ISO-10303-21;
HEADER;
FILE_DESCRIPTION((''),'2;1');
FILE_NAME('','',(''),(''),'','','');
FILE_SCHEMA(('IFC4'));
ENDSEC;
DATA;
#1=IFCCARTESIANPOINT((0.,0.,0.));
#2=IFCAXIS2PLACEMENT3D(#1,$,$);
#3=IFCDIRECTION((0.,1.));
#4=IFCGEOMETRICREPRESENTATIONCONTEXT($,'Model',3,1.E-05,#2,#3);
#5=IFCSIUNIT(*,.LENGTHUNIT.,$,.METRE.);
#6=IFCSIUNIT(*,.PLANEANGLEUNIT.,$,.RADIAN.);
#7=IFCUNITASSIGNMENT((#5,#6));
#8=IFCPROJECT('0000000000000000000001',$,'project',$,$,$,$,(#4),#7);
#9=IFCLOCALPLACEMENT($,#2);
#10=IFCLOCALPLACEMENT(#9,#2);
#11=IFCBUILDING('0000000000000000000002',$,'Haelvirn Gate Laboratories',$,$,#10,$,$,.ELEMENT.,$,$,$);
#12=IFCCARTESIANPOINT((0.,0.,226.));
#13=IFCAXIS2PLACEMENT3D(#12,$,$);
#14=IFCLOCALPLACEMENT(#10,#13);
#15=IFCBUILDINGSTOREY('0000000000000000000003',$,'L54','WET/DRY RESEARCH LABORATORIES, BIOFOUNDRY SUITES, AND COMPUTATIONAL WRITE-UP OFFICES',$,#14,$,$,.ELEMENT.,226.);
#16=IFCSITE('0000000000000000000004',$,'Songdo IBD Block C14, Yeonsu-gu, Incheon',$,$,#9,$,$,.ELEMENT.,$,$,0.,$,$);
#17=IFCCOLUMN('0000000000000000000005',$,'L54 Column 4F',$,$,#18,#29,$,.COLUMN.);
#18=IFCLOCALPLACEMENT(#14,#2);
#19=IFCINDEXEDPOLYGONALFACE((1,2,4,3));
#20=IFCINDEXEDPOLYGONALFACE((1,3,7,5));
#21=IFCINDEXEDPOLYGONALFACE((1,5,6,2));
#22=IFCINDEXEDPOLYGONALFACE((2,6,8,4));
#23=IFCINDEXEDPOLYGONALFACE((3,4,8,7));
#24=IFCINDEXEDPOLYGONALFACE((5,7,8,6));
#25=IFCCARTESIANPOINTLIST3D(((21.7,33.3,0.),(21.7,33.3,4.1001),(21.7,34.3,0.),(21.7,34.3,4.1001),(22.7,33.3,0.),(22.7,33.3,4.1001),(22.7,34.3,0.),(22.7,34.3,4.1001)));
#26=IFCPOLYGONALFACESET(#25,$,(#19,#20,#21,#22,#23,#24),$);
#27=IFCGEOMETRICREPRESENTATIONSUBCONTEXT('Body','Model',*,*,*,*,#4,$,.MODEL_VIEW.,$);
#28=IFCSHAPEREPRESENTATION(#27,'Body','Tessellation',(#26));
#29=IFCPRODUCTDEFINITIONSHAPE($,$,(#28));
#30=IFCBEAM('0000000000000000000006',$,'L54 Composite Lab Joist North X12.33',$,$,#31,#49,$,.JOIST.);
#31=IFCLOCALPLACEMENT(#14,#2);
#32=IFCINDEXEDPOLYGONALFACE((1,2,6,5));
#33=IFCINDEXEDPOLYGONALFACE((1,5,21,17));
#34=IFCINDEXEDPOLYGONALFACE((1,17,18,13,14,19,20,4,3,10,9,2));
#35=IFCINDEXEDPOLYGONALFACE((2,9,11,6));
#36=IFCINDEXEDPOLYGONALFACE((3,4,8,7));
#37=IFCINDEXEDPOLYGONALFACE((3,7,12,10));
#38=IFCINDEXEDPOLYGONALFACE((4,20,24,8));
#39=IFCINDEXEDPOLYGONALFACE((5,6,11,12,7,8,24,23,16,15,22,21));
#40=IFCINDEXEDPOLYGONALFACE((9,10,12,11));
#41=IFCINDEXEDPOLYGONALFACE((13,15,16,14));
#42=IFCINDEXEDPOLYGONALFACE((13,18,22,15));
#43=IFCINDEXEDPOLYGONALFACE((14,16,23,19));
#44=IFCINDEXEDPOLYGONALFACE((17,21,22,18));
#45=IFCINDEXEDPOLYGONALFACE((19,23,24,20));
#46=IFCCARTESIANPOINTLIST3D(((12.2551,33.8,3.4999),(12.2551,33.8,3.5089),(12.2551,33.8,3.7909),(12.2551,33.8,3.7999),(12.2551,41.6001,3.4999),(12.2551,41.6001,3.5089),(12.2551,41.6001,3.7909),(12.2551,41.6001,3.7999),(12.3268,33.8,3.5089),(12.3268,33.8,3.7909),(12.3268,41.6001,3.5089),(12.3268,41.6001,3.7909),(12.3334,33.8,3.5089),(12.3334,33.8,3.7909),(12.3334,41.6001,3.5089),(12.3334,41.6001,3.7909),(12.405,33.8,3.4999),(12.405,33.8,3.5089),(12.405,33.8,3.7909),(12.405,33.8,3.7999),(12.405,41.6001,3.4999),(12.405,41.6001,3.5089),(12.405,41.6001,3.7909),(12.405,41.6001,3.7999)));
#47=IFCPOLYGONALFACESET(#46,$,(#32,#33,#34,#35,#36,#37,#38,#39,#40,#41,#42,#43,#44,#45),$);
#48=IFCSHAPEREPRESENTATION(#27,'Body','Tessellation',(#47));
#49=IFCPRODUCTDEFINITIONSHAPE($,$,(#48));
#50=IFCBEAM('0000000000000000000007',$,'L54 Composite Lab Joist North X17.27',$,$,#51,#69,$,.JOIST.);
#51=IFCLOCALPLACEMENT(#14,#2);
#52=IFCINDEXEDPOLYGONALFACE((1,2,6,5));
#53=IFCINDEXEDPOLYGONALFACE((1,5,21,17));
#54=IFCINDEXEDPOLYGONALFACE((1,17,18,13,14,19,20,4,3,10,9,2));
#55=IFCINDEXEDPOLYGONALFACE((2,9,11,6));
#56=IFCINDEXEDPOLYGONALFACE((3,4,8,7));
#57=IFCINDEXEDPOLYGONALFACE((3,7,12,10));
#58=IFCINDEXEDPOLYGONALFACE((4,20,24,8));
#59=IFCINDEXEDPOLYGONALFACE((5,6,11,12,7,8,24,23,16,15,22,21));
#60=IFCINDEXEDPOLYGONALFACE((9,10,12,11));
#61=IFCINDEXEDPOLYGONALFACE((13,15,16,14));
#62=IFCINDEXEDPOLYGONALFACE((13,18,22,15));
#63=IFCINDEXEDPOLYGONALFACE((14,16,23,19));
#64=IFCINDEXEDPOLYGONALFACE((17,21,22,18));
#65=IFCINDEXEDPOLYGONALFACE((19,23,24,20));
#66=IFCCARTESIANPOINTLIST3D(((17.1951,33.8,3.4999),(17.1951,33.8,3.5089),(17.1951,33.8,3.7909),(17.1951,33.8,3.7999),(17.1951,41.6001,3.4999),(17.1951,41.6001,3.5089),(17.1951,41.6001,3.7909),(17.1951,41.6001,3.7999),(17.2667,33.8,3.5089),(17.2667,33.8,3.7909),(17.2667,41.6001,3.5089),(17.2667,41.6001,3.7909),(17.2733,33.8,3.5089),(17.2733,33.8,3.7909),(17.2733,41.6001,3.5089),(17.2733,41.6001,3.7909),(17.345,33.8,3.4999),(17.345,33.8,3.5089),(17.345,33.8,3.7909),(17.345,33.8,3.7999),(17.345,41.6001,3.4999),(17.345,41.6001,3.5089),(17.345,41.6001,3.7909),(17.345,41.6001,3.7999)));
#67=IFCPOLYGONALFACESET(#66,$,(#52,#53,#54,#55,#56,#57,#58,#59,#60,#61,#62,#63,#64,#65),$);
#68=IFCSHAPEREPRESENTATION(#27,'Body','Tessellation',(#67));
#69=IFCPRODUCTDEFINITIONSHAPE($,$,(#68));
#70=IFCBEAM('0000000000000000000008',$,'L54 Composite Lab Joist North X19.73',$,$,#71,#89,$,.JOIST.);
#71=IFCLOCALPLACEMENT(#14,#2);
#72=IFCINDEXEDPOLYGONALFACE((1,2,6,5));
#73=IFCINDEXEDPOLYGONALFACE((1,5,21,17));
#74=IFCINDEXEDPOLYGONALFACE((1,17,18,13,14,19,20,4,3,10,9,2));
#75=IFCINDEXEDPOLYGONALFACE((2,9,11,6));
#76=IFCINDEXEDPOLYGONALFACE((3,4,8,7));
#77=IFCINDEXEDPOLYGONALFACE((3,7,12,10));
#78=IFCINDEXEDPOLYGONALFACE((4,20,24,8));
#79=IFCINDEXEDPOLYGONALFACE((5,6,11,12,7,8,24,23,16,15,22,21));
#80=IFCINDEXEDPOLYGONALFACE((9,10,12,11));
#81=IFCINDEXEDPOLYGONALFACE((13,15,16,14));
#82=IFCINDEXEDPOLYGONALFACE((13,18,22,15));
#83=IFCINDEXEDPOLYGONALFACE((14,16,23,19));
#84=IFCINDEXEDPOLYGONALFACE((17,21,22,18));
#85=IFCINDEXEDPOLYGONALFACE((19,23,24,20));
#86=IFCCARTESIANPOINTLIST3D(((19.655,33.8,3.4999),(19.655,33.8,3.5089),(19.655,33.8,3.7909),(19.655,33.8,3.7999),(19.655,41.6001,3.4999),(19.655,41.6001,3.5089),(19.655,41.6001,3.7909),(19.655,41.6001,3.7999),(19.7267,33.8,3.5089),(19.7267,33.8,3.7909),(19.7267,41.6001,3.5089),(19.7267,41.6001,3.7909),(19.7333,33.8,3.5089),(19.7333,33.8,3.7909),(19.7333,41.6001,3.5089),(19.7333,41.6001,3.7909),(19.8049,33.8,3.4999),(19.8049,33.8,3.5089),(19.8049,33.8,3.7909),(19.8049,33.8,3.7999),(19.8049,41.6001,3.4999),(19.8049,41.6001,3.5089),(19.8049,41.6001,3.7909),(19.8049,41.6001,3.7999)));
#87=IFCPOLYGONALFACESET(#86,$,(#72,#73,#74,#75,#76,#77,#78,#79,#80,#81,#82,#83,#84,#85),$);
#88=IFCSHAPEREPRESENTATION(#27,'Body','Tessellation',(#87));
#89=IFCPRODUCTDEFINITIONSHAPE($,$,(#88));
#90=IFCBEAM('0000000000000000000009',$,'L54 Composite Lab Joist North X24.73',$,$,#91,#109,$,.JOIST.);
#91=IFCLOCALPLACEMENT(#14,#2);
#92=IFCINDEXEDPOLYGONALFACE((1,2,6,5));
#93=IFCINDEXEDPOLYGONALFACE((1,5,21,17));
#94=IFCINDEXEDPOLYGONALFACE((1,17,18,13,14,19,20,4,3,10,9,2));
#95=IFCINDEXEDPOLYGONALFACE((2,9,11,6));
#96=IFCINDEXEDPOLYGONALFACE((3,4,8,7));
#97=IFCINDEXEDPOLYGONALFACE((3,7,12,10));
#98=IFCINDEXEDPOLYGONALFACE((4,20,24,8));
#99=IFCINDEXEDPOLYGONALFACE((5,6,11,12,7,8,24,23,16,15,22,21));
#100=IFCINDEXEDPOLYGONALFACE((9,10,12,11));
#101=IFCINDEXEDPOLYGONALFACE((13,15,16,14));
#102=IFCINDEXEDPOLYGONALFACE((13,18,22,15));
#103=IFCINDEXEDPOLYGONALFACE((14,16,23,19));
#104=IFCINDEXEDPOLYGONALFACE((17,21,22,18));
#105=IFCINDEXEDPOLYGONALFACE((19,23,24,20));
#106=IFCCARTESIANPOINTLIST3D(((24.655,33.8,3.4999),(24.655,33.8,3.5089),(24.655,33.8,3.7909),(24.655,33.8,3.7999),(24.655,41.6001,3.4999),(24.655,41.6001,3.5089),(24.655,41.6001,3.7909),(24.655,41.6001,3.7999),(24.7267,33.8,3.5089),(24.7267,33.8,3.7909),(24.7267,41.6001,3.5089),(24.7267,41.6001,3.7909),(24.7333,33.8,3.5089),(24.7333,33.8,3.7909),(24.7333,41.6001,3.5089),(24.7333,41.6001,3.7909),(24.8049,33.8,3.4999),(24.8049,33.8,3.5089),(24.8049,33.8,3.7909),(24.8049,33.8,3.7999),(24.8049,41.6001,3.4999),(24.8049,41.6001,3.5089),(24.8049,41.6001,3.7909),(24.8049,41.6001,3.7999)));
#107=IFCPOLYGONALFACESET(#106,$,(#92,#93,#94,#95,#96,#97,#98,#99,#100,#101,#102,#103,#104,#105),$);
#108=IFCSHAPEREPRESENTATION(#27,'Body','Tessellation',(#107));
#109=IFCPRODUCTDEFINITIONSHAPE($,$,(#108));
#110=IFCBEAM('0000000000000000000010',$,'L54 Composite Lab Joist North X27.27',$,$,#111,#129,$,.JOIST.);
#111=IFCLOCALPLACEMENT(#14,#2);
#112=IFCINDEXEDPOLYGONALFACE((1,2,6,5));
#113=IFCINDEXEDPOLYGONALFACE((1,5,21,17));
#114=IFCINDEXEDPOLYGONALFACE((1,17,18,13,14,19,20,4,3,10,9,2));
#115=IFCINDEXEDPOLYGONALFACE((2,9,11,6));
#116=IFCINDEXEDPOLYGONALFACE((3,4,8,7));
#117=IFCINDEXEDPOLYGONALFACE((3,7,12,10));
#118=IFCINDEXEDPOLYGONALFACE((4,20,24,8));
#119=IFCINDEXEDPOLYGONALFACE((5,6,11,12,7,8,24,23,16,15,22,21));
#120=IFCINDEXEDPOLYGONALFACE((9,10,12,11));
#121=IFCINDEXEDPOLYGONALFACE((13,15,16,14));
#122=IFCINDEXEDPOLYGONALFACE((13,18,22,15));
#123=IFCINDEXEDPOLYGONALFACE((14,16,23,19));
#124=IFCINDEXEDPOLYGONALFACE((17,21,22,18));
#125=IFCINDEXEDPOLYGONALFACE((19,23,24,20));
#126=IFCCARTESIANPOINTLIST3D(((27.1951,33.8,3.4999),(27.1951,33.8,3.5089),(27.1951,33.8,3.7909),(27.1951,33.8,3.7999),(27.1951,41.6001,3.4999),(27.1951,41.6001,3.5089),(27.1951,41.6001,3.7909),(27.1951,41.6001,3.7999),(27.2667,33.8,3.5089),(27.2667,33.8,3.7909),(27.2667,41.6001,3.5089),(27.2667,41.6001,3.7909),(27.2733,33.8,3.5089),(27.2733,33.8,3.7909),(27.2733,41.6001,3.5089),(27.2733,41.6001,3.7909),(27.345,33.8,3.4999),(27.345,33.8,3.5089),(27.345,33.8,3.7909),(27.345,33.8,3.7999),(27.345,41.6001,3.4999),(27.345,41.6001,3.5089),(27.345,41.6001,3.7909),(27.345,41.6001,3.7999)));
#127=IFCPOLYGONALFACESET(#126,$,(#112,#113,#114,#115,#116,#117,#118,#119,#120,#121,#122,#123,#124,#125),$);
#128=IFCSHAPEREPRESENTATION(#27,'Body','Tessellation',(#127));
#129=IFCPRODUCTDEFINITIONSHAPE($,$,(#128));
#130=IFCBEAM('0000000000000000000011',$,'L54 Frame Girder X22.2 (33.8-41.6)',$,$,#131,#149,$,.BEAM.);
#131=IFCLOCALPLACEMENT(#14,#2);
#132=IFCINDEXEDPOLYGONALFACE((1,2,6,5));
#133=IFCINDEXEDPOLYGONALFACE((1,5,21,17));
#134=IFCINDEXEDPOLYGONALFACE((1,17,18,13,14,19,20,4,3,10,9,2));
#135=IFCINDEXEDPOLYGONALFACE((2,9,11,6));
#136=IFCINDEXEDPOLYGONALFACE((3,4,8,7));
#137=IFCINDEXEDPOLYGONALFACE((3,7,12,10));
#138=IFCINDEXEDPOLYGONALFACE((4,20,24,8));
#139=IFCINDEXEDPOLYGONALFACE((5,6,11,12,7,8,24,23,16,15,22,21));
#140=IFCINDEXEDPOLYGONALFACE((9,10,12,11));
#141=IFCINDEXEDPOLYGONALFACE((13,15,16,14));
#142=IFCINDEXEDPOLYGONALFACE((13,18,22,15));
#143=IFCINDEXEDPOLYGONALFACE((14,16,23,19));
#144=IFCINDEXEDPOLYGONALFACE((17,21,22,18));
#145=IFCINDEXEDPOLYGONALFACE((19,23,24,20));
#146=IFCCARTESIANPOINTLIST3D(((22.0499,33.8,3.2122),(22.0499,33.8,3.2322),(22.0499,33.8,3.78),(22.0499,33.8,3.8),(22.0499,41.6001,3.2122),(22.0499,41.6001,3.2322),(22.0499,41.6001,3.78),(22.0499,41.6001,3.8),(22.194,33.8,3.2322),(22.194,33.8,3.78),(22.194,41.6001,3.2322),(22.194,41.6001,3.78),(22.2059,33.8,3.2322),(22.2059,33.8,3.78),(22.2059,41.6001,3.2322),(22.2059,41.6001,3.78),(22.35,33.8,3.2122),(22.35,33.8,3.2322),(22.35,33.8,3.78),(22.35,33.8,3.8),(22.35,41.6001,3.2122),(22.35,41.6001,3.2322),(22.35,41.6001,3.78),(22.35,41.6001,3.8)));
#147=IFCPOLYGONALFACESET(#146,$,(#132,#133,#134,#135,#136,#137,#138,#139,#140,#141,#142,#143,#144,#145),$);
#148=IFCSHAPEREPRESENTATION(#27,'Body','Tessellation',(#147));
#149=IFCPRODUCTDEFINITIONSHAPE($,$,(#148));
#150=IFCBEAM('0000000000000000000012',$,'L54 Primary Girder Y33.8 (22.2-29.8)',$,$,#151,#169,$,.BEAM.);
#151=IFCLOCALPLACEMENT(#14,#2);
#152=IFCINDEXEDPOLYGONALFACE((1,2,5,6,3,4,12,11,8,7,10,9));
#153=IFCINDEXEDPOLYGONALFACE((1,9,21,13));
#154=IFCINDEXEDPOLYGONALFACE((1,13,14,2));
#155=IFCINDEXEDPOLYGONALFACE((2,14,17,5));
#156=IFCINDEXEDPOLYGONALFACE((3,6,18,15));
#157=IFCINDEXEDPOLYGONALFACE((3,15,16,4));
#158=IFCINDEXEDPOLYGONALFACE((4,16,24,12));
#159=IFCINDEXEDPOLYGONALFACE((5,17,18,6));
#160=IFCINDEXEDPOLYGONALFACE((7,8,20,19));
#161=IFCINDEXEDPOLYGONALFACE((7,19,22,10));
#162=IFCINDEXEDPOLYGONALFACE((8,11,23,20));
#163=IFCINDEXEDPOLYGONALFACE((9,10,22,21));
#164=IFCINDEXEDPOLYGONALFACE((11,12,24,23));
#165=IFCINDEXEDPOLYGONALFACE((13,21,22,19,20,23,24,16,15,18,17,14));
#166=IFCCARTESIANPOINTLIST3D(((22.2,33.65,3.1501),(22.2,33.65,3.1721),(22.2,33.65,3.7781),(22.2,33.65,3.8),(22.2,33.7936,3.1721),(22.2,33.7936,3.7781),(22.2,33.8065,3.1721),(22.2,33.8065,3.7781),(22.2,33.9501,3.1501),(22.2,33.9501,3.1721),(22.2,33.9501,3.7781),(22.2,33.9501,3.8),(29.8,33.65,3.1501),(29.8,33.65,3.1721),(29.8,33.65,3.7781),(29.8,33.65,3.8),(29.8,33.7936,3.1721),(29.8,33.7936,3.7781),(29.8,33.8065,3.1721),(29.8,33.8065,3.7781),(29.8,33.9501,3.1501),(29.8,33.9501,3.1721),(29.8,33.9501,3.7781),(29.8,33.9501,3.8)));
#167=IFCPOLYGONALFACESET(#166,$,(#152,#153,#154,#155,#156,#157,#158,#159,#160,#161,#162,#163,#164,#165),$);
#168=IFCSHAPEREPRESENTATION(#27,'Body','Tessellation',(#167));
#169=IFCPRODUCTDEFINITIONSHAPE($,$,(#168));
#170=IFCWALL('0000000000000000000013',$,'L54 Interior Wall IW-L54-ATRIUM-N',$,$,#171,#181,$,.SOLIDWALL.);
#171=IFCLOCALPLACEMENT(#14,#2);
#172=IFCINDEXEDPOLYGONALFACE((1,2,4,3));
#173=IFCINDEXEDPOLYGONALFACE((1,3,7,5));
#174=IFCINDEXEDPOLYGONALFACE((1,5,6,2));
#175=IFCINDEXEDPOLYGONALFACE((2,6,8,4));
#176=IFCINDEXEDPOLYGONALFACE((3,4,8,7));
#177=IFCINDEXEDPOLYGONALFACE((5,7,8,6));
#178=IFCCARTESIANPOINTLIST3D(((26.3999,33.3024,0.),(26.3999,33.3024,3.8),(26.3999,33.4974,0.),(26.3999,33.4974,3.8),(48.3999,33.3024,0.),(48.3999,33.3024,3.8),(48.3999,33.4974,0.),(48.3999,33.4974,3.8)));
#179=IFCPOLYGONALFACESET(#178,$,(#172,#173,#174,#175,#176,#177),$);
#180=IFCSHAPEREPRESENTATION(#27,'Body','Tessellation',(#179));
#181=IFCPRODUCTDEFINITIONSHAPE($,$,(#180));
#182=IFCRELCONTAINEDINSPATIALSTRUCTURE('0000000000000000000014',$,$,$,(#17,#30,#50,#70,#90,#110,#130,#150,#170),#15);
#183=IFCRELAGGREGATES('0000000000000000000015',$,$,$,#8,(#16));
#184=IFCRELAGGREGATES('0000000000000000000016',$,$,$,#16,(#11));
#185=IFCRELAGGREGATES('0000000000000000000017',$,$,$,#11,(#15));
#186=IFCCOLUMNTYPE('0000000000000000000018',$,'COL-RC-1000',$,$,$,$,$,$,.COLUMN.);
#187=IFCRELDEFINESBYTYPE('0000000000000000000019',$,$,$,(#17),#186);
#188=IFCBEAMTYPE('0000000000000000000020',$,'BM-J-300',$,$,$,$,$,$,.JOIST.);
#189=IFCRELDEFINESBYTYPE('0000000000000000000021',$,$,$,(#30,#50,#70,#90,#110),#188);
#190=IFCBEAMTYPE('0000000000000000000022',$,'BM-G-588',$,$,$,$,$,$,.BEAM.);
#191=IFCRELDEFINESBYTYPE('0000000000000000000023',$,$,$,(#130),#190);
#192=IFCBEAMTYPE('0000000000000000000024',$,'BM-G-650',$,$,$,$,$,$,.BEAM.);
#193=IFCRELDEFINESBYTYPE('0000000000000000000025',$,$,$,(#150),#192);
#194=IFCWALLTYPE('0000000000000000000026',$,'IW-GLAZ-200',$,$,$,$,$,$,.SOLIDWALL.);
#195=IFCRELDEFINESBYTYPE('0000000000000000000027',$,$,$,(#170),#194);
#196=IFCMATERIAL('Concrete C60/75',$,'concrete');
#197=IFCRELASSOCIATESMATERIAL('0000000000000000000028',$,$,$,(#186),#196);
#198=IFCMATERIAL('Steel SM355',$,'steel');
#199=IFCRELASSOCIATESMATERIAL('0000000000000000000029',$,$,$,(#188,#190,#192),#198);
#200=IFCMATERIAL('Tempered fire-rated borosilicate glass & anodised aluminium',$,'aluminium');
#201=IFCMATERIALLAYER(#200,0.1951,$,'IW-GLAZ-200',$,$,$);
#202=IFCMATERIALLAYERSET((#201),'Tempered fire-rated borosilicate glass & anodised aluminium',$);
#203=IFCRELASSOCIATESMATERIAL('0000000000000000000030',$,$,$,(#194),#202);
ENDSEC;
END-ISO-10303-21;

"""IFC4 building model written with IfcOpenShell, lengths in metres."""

from ifc_helpers import new_model, si_unit, direction, frame, frame_2d, origin, origin_2d, place, context, subcontext, project, spatial, rectangle, i_section, extrude, source, transform, mapped, material, layer, layer_set, material_profile, profile_set, type_object, type_shapes, element, save


model = new_model("IFC4")

# Units and contexts
model_context = context("Model", 3, precision=1e-05, world=origin(), true_north=direction((0.0, 1.0)))
body_context = subcontext(model_context, "Body", "Model", "MODEL_VIEW")
ifc_project = project(units=[si_unit("LENGTHUNIT", "METRE"), si_unit("PLANEANGLEUNIT", "RADIAN")], contexts=[model_context])

# Site, building, storey
site_placement = place(None, origin())
site = spatial("IfcSite", under=ifc_project, at=site_placement, Name="Songdo IBD Block C14, Yeonsu-gu, Incheon", CompositionType="ELEMENT", RefElevation=0.0)
building_placement = place(site_placement, origin())
building = spatial("IfcBuilding", under=site, at=building_placement, Name="Haelvirn Gate Laboratories", CompositionType="ELEMENT")
storey_placement = place(building_placement, frame((0.0, 0.0, 226.0)))
storey = spatial("IfcBuildingStorey", under=building, at=storey_placement, Name="L54", Description="WET/DRY RESEARCH LABORATORIES, BIOFOUNDRY SUITES, AND COMPUTATIONAL WRITE-UP OFFICES", CompositionType="ELEMENT", Elevation=226.0)

# Column
ifc_material_1 = material(Name="Concrete C60/75", Category="concrete")
ifc_material_profile_1 = material_profile(ifc_material_1, rectangle(XDim=1.0, YDim=1.0, at=origin_2d()), Name="RC-1000x1000")
ifc_profile_set_1 = profile_set([ifc_material_profile_1], Name="Concrete C60/75")
column_type = type_object("IfcColumnType", Name="COL-RC-1000", PredefinedType="COLUMN", material=ifc_profile_set_1)
shared_shape_1 = source(origin(), body_context, "Body", "SweptSolid", [
    extrude(rectangle(XDim=1.0, YDim=1.0, at=origin_2d()), origin(), (0.0, 0.0, 1.0), 4.1001),
])
type_shapes(column_type, [shared_shape_1])
column_placement = place(storey_placement, frame((22.2, 33.8, 0.0), z_axis=(0.0, 0.0, 1.0), x_axis=(1.0, 0.0, 0.0)))
element("IfcColumn", 1, at=column_placement, inside=storey, type_object=column_type, Name="L54 Column 4F", PredefinedType="COLUMN", context=body_context, shape_type="MappedRepresentation", body=[
    mapped(shared_shape_1, transform((0.0, 0.0, 0.0), scale=1.0)),
])

# Beams
ifc_material_2 = material(Name="Steel SM355", Category="steel")
ifc_material_profile_2 = material_profile(ifc_material_2, i_section(OverallWidth=0.1499, OverallDepth=0.3, WebThickness=0.0066, FlangeThickness=0.009, at=origin_2d()), Name="H-300x150x6.5x9")
ifc_profile_set_2 = profile_set([ifc_material_profile_2], Name="Steel SM355")
beam_type_1 = type_object("IfcBeamType", Name="BM-J-300", PredefinedType="JOIST", material=ifc_profile_set_2)
shared_shape_2 = source(origin(), body_context, "Body", "SweptSolid", [
    extrude(i_section(OverallWidth=0.1499, OverallDepth=0.3, WebThickness=0.0066, FlangeThickness=0.009, at=origin_2d()), origin(), (0.0, 0.0, 1.0), 7.8),
])
type_shapes(beam_type_1, [shared_shape_2])
for number, where, z_axis, x_axis, name in (
    (2, (12.3301, 33.8, 3.6499), (0.0, 1.0, 0.0), (-1.0, 0.0, 0.0), "L54 Composite Lab Joist North X12.33"),
    (3, (17.27, 33.8, 3.6499), (0.0, 1.0, 0.0), (-1.0, 0.0, 0.0), "L54 Composite Lab Joist North X17.27"),
    (4, (19.73, 33.8, 3.6499), (0.0, 1.0, 0.0), (-1.0, 0.0, 0.0), "L54 Composite Lab Joist North X19.73"),
    (5, (24.73, 33.8, 3.6499), (0.0, 1.0, 0.0), (-1.0, 0.0, 0.0), "L54 Composite Lab Joist North X24.73"),
    (6, (27.27, 33.8, 3.6499), (0.0, 1.0, 0.0), (-1.0, 0.0, 0.0), "L54 Composite Lab Joist North X27.27"),
):
    element("IfcBeam", number, at=place(storey_placement, frame(where, z_axis=z_axis, x_axis=x_axis)), inside=storey, type_object=beam_type_1, Name=name, PredefinedType="JOIST", context=body_context, shape_type="MappedRepresentation", body=[
        mapped(shared_shape_2, transform((0.0, 0.0, 0.0), scale=1.0)),
    ])
ifc_material_profile_3 = material_profile(ifc_material_2, i_section(OverallWidth=0.3, OverallDepth=0.5879, WebThickness=0.012, FlangeThickness=0.02, at=origin_2d()), Name="H-588x300x12x20")
ifc_profile_set_3 = profile_set([ifc_material_profile_3], Name="Steel SM355")
beam_type_2 = type_object("IfcBeamType", Name="BM-G-588", PredefinedType="BEAM", material=ifc_profile_set_3)
shared_shape_3 = source(origin(), body_context, "Body", "SweptSolid", [
    extrude(i_section(OverallWidth=0.3, OverallDepth=0.5879, WebThickness=0.012, FlangeThickness=0.02, at=origin_2d()), origin(), (0.0, 0.0, 1.0), 7.8),
])
type_shapes(beam_type_2, [shared_shape_3])
beam_1_placement = place(storey_placement, frame((22.2, 33.8, 3.5061), z_axis=(0.0, 1.0, 0.0), x_axis=(-1.0, 0.0, 0.0)))
element("IfcBeam", 7, at=beam_1_placement, inside=storey, type_object=beam_type_2, Name="L54 Frame Girder X22.2 (33.8-41.6)", PredefinedType="BEAM", context=body_context, shape_type="MappedRepresentation", body=[
    mapped(shared_shape_3, transform((0.0, 0.0, 0.0), scale=1.0)),
])
ifc_material_profile_4 = material_profile(ifc_material_2, i_section(OverallWidth=0.3, OverallDepth=0.6499, WebThickness=0.0129, FlangeThickness=0.022, at=origin_2d()), Name="H-650x300x13x22")
ifc_profile_set_4 = profile_set([ifc_material_profile_4], Name="Steel SM355")
beam_type_3 = type_object("IfcBeamType", Name="BM-G-650", PredefinedType="BEAM", material=ifc_profile_set_4)
shared_shape_4 = source(origin(), body_context, "Body", "SweptSolid", [
    extrude(i_section(OverallWidth=0.3, OverallDepth=0.6499, WebThickness=0.0129, FlangeThickness=0.022, at=origin_2d()), origin(), (0.0, 0.0, 1.0), 7.6001),
])
type_shapes(beam_type_3, [shared_shape_4])
beam_2_placement = place(storey_placement, frame((22.2, 33.8, 3.4751), z_axis=(1.0, 0.0, 0.0), x_axis=(0.0, 1.0, 0.0)))
element("IfcBeam", 8, at=beam_2_placement, inside=storey, type_object=beam_type_3, Name="L54 Primary Girder Y33.8 (22.2-29.8)", PredefinedType="BEAM", context=body_context, shape_type="MappedRepresentation", body=[
    mapped(shared_shape_4, transform((0.0, 0.0, 0.0), scale=1.0)),
])

# Wall
ifc_material_3 = material(Name="Tempered fire-rated borosilicate glass & anodised aluminium", Category="aluminium")
ifc_layer_1 = layer(ifc_material_3, 0.1951, Name="IW-GLAZ-200")
ifc_layer_set_1 = layer_set([ifc_layer_1], Name="Tempered fire-rated borosilicate glass & anodised aluminium")
wall_type_1 = type_object("IfcWallType", Name="IW-GLAZ-200", PredefinedType="SOLIDWALL", material=ifc_layer_set_1)
wall_1_placement = place(storey_placement, frame((26.3999, 33.3999, 0.0), z_axis=(0.0, 0.0, 1.0), x_axis=(1.0, 0.0, 0.0)))
element("IfcWall", 9, at=wall_1_placement, inside=storey, type_object=wall_type_1, Name="L54 Interior Wall IW-L54-ATRIUM-N", PredefinedType="SOLIDWALL", context=body_context, shape_type="SweptSolid", body=[
    extrude(rectangle(XDim=22.0, YDim=0.1951, at=frame_2d((11.0, 0.0))), origin(), (0.0, 0.0, 1.0), 3.8),
])

save(model, "model.ifc")
